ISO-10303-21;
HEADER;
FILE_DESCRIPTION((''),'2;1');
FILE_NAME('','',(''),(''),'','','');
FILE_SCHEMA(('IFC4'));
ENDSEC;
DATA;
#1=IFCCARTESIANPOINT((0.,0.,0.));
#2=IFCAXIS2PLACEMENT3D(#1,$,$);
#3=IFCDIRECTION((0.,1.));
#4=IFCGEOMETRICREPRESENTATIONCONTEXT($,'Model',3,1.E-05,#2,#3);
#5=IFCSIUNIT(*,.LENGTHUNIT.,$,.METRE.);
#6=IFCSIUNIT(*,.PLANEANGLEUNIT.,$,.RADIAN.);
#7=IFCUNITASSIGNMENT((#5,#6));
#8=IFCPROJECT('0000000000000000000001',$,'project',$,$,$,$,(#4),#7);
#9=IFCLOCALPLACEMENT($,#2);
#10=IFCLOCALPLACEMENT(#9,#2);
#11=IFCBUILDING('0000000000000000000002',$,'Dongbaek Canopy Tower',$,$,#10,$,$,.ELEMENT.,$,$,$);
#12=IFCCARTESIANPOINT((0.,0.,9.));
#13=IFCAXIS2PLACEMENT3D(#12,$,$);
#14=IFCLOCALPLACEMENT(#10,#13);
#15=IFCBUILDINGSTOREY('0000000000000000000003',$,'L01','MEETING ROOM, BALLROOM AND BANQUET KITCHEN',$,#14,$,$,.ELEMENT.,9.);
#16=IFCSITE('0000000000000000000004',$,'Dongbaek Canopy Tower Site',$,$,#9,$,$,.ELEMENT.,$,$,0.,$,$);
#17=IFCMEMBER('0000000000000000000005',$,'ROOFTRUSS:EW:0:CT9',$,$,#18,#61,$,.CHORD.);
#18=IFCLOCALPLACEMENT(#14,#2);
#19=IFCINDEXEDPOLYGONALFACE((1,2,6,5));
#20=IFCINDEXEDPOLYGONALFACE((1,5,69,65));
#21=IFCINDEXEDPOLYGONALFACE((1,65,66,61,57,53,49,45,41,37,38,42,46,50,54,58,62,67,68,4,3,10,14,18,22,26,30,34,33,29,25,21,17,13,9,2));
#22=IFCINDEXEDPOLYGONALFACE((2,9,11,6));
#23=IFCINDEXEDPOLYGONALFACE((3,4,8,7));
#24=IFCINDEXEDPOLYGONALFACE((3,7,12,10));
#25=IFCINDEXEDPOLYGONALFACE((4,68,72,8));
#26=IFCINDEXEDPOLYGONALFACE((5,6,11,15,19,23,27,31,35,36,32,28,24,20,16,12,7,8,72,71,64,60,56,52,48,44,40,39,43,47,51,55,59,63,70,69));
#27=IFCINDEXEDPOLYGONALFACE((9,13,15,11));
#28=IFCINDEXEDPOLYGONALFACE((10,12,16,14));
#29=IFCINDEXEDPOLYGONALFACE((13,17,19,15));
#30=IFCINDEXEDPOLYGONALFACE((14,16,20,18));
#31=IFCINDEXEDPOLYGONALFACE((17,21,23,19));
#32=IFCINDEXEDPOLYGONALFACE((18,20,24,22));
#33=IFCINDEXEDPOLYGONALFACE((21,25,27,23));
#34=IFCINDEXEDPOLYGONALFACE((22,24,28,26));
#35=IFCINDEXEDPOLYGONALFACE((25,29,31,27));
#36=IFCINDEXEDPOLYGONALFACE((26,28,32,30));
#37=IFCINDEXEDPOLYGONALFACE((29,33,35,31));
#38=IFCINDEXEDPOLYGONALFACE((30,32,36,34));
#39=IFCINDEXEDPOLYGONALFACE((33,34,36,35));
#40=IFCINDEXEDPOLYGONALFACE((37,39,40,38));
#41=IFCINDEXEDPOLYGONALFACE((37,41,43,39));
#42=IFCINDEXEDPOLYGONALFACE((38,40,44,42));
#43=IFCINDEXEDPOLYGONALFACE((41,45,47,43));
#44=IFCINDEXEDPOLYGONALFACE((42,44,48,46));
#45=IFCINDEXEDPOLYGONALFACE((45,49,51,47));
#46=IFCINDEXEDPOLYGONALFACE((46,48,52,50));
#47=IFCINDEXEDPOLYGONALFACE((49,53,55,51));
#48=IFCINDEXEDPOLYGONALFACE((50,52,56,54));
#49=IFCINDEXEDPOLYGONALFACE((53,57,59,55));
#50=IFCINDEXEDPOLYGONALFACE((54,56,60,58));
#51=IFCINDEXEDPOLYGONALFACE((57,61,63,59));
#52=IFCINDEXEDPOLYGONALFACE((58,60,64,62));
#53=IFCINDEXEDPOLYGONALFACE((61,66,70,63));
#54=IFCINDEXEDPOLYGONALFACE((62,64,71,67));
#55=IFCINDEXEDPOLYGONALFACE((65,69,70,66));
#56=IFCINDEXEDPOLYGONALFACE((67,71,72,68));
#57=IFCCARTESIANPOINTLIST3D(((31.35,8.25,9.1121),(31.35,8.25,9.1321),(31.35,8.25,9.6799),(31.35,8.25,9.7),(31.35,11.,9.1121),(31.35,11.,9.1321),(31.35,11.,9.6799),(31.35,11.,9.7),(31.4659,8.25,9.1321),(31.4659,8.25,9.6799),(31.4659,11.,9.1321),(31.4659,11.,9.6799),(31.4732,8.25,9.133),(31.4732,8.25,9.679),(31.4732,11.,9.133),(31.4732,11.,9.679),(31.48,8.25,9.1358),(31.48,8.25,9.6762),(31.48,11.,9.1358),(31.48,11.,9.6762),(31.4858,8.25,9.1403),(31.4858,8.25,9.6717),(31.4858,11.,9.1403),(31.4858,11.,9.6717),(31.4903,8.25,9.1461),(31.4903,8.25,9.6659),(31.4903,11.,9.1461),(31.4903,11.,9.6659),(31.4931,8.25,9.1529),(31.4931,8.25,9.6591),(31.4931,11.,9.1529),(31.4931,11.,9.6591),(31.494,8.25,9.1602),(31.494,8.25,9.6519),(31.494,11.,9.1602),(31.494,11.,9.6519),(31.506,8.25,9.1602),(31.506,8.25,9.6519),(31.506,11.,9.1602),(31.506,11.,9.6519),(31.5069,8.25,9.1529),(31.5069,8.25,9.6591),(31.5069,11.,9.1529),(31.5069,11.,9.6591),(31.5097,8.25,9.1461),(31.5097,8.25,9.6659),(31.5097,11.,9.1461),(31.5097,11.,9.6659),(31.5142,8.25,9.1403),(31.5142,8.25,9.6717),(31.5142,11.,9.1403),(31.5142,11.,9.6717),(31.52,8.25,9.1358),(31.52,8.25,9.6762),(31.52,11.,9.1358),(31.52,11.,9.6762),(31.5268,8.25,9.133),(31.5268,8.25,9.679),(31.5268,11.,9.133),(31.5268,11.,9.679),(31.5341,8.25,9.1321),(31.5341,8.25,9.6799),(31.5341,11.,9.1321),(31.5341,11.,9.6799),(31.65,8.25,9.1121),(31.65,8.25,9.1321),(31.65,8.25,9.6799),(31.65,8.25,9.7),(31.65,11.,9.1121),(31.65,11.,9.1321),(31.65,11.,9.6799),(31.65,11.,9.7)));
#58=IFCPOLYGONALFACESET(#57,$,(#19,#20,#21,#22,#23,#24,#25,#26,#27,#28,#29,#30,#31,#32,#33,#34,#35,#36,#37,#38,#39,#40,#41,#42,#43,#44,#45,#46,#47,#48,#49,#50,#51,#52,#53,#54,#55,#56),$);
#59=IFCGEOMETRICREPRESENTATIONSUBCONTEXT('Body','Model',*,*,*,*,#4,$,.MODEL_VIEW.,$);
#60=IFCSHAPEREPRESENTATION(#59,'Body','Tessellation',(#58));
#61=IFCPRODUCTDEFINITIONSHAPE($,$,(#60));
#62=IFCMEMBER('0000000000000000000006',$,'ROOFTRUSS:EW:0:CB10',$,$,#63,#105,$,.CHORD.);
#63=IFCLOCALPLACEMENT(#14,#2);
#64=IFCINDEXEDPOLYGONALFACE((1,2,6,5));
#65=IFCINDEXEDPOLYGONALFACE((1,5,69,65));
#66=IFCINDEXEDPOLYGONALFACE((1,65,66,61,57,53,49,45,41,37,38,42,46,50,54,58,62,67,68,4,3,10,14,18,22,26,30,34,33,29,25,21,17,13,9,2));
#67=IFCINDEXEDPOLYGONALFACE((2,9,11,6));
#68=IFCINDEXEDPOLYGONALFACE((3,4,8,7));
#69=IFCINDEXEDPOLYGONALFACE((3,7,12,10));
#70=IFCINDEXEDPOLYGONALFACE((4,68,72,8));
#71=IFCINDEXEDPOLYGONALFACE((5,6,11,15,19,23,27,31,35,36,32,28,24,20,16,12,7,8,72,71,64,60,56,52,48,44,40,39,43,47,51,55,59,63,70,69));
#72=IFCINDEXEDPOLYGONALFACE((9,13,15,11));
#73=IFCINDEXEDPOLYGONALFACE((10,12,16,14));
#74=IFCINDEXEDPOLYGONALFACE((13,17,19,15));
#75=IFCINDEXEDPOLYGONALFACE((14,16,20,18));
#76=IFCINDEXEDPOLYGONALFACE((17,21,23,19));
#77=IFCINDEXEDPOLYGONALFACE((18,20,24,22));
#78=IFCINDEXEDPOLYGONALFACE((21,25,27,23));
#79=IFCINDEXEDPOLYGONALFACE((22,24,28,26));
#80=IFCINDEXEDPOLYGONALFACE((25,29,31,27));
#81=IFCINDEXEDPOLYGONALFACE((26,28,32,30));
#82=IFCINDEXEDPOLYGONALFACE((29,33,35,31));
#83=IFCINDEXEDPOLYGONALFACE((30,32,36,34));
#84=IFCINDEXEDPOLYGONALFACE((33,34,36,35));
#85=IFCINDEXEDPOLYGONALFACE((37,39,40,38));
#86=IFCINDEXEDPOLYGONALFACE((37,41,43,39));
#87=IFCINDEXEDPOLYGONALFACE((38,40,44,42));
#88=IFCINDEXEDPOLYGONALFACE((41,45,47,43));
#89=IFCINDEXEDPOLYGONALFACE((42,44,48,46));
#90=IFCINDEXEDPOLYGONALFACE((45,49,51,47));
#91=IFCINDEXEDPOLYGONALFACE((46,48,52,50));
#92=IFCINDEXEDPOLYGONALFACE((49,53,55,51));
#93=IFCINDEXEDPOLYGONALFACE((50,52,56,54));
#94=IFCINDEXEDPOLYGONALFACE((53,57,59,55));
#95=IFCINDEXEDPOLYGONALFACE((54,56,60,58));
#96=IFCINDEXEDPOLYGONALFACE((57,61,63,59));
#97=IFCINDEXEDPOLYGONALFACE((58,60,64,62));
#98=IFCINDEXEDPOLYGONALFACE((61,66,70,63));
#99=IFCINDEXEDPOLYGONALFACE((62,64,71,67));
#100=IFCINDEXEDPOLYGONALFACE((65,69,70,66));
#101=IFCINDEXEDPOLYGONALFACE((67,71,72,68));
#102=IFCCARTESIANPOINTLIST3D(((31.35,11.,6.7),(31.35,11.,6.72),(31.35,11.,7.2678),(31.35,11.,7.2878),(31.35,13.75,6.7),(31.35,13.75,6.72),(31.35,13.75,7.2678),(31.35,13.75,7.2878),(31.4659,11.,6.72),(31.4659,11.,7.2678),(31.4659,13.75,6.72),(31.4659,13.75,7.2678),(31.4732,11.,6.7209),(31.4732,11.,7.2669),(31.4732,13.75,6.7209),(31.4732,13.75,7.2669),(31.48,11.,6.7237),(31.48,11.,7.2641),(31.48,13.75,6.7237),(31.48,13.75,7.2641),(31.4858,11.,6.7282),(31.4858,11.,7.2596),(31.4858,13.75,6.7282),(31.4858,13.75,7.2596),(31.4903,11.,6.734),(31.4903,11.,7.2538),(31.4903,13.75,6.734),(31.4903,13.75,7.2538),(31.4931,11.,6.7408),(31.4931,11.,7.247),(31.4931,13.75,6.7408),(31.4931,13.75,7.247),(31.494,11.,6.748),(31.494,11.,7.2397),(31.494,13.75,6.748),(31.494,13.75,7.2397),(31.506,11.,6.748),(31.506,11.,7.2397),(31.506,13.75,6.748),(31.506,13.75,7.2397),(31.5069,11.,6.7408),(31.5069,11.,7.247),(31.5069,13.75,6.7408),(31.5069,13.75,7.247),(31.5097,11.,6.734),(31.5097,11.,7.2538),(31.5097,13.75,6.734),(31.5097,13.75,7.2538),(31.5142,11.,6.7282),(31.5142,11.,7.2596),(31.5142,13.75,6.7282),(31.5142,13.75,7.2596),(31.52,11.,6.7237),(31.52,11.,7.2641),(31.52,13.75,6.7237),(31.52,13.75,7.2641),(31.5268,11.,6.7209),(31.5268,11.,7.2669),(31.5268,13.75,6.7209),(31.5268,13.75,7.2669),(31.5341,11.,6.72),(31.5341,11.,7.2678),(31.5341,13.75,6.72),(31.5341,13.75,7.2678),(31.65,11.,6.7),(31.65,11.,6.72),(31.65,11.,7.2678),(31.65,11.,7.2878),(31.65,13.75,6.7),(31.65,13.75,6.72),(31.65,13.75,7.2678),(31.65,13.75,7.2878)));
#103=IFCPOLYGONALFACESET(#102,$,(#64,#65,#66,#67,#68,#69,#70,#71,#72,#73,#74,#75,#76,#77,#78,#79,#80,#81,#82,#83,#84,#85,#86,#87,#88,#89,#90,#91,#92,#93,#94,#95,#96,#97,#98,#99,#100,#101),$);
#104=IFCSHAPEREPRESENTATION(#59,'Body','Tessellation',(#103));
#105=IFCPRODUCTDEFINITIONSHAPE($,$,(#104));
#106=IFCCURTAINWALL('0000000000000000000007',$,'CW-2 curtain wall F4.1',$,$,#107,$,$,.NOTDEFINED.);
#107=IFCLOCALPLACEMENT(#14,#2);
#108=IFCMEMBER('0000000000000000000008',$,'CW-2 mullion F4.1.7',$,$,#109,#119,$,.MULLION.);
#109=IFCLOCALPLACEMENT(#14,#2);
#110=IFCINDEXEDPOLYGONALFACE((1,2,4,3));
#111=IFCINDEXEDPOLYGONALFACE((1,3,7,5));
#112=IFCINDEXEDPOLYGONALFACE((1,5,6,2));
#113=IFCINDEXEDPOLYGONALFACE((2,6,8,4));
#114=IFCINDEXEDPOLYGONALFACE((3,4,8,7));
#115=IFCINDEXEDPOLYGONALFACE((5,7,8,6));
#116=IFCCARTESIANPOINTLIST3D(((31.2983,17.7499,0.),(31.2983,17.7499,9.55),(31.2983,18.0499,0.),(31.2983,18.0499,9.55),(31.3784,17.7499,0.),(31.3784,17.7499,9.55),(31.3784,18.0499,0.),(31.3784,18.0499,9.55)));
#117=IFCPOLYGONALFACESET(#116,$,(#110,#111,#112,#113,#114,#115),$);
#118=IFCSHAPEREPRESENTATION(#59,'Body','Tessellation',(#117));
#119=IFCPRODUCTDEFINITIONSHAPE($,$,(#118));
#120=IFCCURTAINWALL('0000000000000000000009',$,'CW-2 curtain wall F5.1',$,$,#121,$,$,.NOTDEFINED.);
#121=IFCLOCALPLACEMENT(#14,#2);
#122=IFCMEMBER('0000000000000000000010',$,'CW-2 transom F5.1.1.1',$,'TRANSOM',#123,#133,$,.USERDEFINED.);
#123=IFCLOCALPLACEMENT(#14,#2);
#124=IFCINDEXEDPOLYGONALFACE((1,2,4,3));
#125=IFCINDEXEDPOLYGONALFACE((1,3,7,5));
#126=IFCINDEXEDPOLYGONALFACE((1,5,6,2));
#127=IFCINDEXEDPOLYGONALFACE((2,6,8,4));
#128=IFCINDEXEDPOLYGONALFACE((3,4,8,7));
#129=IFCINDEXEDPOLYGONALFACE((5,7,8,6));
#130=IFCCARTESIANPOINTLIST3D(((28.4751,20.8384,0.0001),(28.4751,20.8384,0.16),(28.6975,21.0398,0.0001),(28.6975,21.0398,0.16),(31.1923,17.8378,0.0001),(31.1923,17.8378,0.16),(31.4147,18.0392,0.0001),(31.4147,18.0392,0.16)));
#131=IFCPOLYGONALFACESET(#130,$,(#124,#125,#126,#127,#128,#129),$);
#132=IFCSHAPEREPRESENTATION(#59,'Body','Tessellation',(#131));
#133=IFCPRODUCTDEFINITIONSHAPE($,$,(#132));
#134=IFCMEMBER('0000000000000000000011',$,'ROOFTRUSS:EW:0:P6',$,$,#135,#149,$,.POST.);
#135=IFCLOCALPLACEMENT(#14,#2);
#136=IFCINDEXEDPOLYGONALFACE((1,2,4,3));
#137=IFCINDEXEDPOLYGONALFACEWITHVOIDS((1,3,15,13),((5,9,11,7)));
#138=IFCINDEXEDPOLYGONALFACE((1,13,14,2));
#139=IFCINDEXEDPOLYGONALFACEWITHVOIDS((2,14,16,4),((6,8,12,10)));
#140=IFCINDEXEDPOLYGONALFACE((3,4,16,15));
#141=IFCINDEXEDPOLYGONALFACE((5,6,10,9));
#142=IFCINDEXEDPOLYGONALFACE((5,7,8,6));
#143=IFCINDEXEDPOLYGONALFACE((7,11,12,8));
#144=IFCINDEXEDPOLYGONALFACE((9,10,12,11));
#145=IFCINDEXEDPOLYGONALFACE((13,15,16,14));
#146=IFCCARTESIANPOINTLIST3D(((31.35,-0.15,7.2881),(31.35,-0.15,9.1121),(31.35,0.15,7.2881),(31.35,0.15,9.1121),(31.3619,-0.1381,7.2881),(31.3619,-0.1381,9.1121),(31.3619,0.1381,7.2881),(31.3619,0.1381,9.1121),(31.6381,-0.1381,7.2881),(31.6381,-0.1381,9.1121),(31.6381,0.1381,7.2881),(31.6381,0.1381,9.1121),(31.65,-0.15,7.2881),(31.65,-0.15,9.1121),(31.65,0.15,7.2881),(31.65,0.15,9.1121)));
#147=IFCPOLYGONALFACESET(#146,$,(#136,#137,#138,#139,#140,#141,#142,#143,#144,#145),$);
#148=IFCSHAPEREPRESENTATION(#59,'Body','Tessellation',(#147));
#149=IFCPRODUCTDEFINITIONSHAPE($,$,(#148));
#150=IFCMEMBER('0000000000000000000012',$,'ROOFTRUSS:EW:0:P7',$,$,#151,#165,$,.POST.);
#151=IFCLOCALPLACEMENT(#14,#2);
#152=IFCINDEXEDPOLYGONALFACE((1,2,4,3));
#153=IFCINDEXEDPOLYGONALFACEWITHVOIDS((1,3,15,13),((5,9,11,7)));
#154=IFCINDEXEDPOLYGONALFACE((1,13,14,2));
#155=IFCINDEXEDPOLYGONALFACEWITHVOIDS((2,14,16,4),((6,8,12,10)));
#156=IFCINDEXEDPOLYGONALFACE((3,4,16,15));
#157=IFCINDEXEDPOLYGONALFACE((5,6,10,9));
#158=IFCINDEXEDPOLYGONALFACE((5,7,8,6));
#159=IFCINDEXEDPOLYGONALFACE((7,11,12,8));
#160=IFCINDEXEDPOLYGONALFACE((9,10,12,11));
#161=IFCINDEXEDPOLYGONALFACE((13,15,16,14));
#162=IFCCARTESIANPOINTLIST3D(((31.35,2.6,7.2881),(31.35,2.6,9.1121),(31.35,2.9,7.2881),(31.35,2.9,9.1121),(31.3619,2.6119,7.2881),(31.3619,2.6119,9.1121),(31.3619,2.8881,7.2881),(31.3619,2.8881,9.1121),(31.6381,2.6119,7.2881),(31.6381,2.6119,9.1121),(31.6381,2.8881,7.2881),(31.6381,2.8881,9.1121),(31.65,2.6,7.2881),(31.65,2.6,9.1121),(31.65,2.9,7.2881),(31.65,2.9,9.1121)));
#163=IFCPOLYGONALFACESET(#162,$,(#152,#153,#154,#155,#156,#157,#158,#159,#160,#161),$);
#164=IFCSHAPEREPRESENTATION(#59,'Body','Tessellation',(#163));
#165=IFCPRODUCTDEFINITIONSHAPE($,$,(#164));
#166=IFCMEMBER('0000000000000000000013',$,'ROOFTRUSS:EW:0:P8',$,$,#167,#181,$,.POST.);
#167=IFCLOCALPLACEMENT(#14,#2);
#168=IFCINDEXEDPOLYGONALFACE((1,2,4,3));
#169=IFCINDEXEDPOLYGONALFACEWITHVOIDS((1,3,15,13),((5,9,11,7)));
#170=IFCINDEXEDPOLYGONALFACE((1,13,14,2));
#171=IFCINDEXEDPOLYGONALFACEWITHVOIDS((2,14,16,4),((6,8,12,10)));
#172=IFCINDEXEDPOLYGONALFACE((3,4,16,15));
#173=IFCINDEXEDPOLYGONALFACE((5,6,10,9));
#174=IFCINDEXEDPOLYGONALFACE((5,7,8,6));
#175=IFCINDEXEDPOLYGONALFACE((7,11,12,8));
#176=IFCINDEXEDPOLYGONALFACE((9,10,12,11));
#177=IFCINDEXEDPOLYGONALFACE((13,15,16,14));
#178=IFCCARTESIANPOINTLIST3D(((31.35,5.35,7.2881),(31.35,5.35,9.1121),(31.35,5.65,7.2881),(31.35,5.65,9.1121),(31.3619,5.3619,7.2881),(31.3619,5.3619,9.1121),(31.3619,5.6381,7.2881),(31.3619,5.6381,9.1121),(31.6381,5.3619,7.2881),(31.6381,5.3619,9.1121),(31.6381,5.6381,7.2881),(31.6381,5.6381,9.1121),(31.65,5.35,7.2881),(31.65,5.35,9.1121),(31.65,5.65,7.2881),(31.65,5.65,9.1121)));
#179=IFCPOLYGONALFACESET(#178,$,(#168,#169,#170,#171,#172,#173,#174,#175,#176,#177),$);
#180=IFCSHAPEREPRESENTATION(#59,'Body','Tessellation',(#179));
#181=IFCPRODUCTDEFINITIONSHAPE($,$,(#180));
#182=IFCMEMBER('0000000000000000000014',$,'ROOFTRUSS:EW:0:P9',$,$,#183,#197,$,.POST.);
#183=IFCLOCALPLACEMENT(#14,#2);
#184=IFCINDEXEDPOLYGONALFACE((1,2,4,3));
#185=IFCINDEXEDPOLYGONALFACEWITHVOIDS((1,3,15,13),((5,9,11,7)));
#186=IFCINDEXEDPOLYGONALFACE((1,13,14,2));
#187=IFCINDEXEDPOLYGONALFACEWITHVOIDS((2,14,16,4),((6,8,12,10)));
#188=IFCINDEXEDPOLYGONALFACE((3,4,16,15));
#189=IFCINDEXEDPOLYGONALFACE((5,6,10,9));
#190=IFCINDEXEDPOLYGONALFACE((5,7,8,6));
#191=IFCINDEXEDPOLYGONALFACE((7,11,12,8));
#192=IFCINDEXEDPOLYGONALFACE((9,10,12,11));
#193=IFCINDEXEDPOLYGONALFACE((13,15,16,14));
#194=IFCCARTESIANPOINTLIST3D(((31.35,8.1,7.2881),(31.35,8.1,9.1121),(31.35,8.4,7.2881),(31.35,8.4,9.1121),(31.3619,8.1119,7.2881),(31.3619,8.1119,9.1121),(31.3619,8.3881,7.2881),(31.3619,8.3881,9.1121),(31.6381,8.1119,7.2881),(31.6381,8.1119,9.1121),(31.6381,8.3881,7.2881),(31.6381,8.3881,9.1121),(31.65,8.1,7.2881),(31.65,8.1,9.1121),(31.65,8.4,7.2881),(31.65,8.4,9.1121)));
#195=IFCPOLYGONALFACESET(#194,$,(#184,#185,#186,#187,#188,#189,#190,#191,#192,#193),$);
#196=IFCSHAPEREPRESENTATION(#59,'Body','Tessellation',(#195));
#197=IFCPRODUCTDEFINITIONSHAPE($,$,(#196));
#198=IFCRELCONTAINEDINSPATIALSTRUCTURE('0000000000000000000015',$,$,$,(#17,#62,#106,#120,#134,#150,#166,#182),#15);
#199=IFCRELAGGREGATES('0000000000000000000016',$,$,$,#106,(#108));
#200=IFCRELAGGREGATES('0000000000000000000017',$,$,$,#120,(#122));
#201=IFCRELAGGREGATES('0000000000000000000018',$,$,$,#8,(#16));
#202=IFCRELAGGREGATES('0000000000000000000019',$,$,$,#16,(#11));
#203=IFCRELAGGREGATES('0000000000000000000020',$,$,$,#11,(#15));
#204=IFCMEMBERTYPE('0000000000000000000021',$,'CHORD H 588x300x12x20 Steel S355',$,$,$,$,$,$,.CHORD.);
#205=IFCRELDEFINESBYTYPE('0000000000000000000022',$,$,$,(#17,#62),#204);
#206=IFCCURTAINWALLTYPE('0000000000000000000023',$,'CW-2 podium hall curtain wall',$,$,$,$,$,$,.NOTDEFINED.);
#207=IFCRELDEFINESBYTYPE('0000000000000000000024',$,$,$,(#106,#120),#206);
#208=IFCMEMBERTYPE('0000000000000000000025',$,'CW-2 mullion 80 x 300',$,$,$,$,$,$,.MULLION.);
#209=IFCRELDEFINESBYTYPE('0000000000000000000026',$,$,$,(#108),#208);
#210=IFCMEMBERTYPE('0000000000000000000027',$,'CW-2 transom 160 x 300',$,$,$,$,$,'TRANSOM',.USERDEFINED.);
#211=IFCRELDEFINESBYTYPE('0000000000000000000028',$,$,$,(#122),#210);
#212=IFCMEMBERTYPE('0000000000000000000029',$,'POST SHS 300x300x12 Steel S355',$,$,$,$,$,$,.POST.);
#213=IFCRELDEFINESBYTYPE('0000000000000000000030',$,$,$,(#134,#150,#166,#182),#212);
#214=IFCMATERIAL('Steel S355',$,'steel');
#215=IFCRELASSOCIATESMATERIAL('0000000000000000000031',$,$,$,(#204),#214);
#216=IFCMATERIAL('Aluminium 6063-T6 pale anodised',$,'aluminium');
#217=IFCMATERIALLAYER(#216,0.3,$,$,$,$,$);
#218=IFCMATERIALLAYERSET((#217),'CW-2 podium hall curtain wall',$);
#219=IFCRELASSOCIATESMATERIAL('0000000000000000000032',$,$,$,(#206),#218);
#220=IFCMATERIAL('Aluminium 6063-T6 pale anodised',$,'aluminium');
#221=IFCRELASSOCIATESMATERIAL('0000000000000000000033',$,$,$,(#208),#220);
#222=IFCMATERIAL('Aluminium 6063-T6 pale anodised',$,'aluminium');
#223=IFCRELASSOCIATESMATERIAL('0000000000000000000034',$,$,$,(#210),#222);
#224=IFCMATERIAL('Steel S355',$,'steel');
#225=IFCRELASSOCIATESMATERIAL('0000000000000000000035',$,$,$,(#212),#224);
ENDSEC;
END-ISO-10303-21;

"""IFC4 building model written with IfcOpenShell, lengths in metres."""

from ifc_helpers import new_model, si_unit, direction, frame, origin, origin_2d, place, context, subcontext, project, spatial, rectangle, hollow_rectangle, i_section, extrude, material, layer, layer_set, material_profile, profile_set, type_object, element, aggregate, save


model = new_model("IFC4")

# Units and contexts
model_context = context("Model", 3, precision=1e-05, world=origin(), true_north=direction((0.0, 1.0)))
body_context = subcontext(model_context, "Body", "Model", "MODEL_VIEW")
ifc_project = project(units=[si_unit("LENGTHUNIT", "METRE"), si_unit("PLANEANGLEUNIT", "RADIAN")], contexts=[model_context])

# Site, building, storey
site_placement = place(None, origin())
site = spatial("IfcSite", under=ifc_project, at=site_placement, Name="Dongbaek Canopy Tower Site", CompositionType="ELEMENT", RefElevation=0.0)
building_placement = place(site_placement, origin())
building = spatial("IfcBuilding", under=site, at=building_placement, Name="Dongbaek Canopy Tower", CompositionType="ELEMENT")
storey_placement = place(building_placement, frame((0.0, 0.0, 9.0)))
storey = spatial("IfcBuildingStorey", under=building, at=storey_placement, Name="L01", Description="MEETING ROOM, BALLROOM AND BANQUET KITCHEN", CompositionType="ELEMENT", Elevation=9.0)

# Members
ifc_material_1 = material(Name="Steel S355", Category="steel")
ifc_material_profile_1 = material_profile(ifc_material_1, i_section(OverallWidth=0.3, OverallDepth=0.5879, WebThickness=0.012, FlangeThickness=0.02, FilletRadius=0.0281, at=origin_2d()), Name="CHORD H 588x300x12x20 Steel S355")
ifc_profile_set_1 = profile_set([ifc_material_profile_1], Name="Steel S355")
member_type_1 = type_object("IfcMemberType", Name="CHORD H 588x300x12x20 Steel S355", PredefinedType="CHORD", material=ifc_profile_set_1)
for number, where, z_axis, x_axis, name in (
    (1, (31.5, 8.25, 9.406), (0.0, 1.0, 0.0), (-1.0, 0.0, 0.0), "ROOFTRUSS:EW:0:CT9"),
    (2, (31.5, 11.0, 6.9939), (0.0, 1.0, 0.0), (-1.0, 0.0, 0.0), "ROOFTRUSS:EW:0:CB10"),
):
    element("IfcMember", number, at=place(storey_placement, frame(where, z_axis=z_axis, x_axis=x_axis)), inside=storey, type_object=member_type_1, Name=name, PredefinedType="CHORD", context=body_context, shape_type="SweptSolid", body=[
        extrude(i_section(OverallWidth=0.3, OverallDepth=0.5879, WebThickness=0.012, FlangeThickness=0.02, FilletRadius=0.0281, at=origin_2d()), origin(), (0.0, 0.0, 1.0), 2.75),
    ])

# Curtain walls, members
ifc_material_2 = material(Name="Aluminium 6063-T6 pale anodised", Category="aluminium")
ifc_layer_1 = layer(ifc_material_2, 0.3)
ifc_layer_set_1 = layer_set([ifc_layer_1], Name="CW-2 podium hall curtain wall")
curtain_wall_type = type_object("IfcCurtainWallType", Name="CW-2 podium hall curtain wall", PredefinedType="NOTDEFINED", material=ifc_layer_set_1)
curtain_wall_1_placement = place(storey_placement, origin())
curtain_wall_1 = element("IfcCurtainWall", 3, at=curtain_wall_1_placement, inside=storey, type_object=curtain_wall_type, Name="CW-2 curtain wall F4.1", PredefinedType="NOTDEFINED")
ifc_material_3 = material(Name="Aluminium 6063-T6 pale anodised", Category="aluminium")
ifc_material_profile_2 = material_profile(ifc_material_3, rectangle(XDim=0.3, YDim=0.0801, at=origin_2d()), Name="CW-2 mullion 80 x 300")
ifc_profile_set_2 = profile_set([ifc_material_profile_2], Name="Aluminium 6063-T6 pale anodised")
member_type_2 = type_object("IfcMemberType", Name="CW-2 mullion 80 x 300", PredefinedType="MULLION", material=ifc_profile_set_2)
member_1_placement = place(storey_placement, frame((31.3384, 17.8999, 0.0), z_axis=(0.0, 0.0, 1.0), x_axis=(0.0, 1.0, 0.0)))
member_1 = element("IfcMember", 4, at=member_1_placement, type_object=member_type_2, Name="CW-2 mullion F4.1.7", PredefinedType="MULLION", context=body_context, shape_type="SweptSolid", body=[
    extrude(rectangle(XDim=0.3, YDim=0.0801, at=origin_2d()), origin(), (0.0, 0.0, 1.0), 9.55),
])
aggregate(curtain_wall_1, [member_1])
curtain_wall_2_placement = place(storey_placement, origin())
curtain_wall_2 = element("IfcCurtainWall", 5, at=curtain_wall_2_placement, inside=storey, type_object=curtain_wall_type, Name="CW-2 curtain wall F5.1", PredefinedType="NOTDEFINED")
ifc_material_4 = material(Name="Aluminium 6063-T6 pale anodised", Category="aluminium")
ifc_material_profile_3 = material_profile(ifc_material_4, rectangle(XDim=0.3, YDim=0.1599, at=origin_2d()), Name="CW-2 transom 160 x 300")
ifc_profile_set_3 = profile_set([ifc_material_profile_3], Name="Aluminium 6063-T6 pale anodised")
member_type_3 = type_object("IfcMemberType", Name="CW-2 transom 160 x 300", ElementType="TRANSOM", PredefinedType="USERDEFINED", material=ifc_profile_set_3)
member_2_placement = place(storey_placement, frame((31.3035, 17.9385, 0.0801), z_axis=(-0.671231, 0.741249, 0.0), x_axis=(-0.741249, -0.671231, 0.0)))
member_2 = element("IfcMember", 6, at=member_2_placement, type_object=member_type_3, Name="CW-2 transom F5.1.1.1", ObjectType="TRANSOM", PredefinedType="USERDEFINED", context=body_context, shape_type="SweptSolid", body=[
    extrude(rectangle(XDim=0.3, YDim=0.1599, at=origin_2d()), origin(), (0.0, 0.0, 1.0), 4.0481),
])
aggregate(curtain_wall_2, [member_2])

# Members
ifc_material_5 = material(Name="Steel S355", Category="steel")
ifc_material_profile_4 = material_profile(ifc_material_5, hollow_rectangle(XDim=0.3, YDim=0.3, WallThickness=0.012, at=origin_2d()), Name="POST SHS 300x300x12 Steel S355")
ifc_profile_set_4 = profile_set([ifc_material_profile_4], Name="Steel S355")
member_type_4 = type_object("IfcMemberType", Name="POST SHS 300x300x12 Steel S355", PredefinedType="POST", material=ifc_profile_set_4)
for number, where, z_axis, x_axis, name in (
    (7, (31.5, 0.0, 7.2881), (0.0, 0.0, 1.0), (1.0, 0.0, 0.0), "ROOFTRUSS:EW:0:P6"),
    (8, (31.5, 2.75, 7.2881), (0.0, 0.0, 1.0), (1.0, 0.0, 0.0), "ROOFTRUSS:EW:0:P7"),
    (9, (31.5, 5.5, 7.2881), (0.0, 0.0, 1.0), (1.0, 0.0, 0.0), "ROOFTRUSS:EW:0:P8"),
    (10, (31.5, 8.25, 7.2881), (0.0, 0.0, 1.0), (1.0, 0.0, 0.0), "ROOFTRUSS:EW:0:P9"),
):
    element("IfcMember", number, at=place(storey_placement, frame(where, z_axis=z_axis, x_axis=x_axis)), inside=storey, type_object=member_type_4, Name=name, PredefinedType="POST", context=body_context, shape_type="SweptSolid", body=[
        extrude(hollow_rectangle(XDim=0.3, YDim=0.3, WallThickness=0.012, at=origin_2d()), origin(), (0.0, 0.0, 1.0), 1.824),
    ])

save(model, "model.ifc")
